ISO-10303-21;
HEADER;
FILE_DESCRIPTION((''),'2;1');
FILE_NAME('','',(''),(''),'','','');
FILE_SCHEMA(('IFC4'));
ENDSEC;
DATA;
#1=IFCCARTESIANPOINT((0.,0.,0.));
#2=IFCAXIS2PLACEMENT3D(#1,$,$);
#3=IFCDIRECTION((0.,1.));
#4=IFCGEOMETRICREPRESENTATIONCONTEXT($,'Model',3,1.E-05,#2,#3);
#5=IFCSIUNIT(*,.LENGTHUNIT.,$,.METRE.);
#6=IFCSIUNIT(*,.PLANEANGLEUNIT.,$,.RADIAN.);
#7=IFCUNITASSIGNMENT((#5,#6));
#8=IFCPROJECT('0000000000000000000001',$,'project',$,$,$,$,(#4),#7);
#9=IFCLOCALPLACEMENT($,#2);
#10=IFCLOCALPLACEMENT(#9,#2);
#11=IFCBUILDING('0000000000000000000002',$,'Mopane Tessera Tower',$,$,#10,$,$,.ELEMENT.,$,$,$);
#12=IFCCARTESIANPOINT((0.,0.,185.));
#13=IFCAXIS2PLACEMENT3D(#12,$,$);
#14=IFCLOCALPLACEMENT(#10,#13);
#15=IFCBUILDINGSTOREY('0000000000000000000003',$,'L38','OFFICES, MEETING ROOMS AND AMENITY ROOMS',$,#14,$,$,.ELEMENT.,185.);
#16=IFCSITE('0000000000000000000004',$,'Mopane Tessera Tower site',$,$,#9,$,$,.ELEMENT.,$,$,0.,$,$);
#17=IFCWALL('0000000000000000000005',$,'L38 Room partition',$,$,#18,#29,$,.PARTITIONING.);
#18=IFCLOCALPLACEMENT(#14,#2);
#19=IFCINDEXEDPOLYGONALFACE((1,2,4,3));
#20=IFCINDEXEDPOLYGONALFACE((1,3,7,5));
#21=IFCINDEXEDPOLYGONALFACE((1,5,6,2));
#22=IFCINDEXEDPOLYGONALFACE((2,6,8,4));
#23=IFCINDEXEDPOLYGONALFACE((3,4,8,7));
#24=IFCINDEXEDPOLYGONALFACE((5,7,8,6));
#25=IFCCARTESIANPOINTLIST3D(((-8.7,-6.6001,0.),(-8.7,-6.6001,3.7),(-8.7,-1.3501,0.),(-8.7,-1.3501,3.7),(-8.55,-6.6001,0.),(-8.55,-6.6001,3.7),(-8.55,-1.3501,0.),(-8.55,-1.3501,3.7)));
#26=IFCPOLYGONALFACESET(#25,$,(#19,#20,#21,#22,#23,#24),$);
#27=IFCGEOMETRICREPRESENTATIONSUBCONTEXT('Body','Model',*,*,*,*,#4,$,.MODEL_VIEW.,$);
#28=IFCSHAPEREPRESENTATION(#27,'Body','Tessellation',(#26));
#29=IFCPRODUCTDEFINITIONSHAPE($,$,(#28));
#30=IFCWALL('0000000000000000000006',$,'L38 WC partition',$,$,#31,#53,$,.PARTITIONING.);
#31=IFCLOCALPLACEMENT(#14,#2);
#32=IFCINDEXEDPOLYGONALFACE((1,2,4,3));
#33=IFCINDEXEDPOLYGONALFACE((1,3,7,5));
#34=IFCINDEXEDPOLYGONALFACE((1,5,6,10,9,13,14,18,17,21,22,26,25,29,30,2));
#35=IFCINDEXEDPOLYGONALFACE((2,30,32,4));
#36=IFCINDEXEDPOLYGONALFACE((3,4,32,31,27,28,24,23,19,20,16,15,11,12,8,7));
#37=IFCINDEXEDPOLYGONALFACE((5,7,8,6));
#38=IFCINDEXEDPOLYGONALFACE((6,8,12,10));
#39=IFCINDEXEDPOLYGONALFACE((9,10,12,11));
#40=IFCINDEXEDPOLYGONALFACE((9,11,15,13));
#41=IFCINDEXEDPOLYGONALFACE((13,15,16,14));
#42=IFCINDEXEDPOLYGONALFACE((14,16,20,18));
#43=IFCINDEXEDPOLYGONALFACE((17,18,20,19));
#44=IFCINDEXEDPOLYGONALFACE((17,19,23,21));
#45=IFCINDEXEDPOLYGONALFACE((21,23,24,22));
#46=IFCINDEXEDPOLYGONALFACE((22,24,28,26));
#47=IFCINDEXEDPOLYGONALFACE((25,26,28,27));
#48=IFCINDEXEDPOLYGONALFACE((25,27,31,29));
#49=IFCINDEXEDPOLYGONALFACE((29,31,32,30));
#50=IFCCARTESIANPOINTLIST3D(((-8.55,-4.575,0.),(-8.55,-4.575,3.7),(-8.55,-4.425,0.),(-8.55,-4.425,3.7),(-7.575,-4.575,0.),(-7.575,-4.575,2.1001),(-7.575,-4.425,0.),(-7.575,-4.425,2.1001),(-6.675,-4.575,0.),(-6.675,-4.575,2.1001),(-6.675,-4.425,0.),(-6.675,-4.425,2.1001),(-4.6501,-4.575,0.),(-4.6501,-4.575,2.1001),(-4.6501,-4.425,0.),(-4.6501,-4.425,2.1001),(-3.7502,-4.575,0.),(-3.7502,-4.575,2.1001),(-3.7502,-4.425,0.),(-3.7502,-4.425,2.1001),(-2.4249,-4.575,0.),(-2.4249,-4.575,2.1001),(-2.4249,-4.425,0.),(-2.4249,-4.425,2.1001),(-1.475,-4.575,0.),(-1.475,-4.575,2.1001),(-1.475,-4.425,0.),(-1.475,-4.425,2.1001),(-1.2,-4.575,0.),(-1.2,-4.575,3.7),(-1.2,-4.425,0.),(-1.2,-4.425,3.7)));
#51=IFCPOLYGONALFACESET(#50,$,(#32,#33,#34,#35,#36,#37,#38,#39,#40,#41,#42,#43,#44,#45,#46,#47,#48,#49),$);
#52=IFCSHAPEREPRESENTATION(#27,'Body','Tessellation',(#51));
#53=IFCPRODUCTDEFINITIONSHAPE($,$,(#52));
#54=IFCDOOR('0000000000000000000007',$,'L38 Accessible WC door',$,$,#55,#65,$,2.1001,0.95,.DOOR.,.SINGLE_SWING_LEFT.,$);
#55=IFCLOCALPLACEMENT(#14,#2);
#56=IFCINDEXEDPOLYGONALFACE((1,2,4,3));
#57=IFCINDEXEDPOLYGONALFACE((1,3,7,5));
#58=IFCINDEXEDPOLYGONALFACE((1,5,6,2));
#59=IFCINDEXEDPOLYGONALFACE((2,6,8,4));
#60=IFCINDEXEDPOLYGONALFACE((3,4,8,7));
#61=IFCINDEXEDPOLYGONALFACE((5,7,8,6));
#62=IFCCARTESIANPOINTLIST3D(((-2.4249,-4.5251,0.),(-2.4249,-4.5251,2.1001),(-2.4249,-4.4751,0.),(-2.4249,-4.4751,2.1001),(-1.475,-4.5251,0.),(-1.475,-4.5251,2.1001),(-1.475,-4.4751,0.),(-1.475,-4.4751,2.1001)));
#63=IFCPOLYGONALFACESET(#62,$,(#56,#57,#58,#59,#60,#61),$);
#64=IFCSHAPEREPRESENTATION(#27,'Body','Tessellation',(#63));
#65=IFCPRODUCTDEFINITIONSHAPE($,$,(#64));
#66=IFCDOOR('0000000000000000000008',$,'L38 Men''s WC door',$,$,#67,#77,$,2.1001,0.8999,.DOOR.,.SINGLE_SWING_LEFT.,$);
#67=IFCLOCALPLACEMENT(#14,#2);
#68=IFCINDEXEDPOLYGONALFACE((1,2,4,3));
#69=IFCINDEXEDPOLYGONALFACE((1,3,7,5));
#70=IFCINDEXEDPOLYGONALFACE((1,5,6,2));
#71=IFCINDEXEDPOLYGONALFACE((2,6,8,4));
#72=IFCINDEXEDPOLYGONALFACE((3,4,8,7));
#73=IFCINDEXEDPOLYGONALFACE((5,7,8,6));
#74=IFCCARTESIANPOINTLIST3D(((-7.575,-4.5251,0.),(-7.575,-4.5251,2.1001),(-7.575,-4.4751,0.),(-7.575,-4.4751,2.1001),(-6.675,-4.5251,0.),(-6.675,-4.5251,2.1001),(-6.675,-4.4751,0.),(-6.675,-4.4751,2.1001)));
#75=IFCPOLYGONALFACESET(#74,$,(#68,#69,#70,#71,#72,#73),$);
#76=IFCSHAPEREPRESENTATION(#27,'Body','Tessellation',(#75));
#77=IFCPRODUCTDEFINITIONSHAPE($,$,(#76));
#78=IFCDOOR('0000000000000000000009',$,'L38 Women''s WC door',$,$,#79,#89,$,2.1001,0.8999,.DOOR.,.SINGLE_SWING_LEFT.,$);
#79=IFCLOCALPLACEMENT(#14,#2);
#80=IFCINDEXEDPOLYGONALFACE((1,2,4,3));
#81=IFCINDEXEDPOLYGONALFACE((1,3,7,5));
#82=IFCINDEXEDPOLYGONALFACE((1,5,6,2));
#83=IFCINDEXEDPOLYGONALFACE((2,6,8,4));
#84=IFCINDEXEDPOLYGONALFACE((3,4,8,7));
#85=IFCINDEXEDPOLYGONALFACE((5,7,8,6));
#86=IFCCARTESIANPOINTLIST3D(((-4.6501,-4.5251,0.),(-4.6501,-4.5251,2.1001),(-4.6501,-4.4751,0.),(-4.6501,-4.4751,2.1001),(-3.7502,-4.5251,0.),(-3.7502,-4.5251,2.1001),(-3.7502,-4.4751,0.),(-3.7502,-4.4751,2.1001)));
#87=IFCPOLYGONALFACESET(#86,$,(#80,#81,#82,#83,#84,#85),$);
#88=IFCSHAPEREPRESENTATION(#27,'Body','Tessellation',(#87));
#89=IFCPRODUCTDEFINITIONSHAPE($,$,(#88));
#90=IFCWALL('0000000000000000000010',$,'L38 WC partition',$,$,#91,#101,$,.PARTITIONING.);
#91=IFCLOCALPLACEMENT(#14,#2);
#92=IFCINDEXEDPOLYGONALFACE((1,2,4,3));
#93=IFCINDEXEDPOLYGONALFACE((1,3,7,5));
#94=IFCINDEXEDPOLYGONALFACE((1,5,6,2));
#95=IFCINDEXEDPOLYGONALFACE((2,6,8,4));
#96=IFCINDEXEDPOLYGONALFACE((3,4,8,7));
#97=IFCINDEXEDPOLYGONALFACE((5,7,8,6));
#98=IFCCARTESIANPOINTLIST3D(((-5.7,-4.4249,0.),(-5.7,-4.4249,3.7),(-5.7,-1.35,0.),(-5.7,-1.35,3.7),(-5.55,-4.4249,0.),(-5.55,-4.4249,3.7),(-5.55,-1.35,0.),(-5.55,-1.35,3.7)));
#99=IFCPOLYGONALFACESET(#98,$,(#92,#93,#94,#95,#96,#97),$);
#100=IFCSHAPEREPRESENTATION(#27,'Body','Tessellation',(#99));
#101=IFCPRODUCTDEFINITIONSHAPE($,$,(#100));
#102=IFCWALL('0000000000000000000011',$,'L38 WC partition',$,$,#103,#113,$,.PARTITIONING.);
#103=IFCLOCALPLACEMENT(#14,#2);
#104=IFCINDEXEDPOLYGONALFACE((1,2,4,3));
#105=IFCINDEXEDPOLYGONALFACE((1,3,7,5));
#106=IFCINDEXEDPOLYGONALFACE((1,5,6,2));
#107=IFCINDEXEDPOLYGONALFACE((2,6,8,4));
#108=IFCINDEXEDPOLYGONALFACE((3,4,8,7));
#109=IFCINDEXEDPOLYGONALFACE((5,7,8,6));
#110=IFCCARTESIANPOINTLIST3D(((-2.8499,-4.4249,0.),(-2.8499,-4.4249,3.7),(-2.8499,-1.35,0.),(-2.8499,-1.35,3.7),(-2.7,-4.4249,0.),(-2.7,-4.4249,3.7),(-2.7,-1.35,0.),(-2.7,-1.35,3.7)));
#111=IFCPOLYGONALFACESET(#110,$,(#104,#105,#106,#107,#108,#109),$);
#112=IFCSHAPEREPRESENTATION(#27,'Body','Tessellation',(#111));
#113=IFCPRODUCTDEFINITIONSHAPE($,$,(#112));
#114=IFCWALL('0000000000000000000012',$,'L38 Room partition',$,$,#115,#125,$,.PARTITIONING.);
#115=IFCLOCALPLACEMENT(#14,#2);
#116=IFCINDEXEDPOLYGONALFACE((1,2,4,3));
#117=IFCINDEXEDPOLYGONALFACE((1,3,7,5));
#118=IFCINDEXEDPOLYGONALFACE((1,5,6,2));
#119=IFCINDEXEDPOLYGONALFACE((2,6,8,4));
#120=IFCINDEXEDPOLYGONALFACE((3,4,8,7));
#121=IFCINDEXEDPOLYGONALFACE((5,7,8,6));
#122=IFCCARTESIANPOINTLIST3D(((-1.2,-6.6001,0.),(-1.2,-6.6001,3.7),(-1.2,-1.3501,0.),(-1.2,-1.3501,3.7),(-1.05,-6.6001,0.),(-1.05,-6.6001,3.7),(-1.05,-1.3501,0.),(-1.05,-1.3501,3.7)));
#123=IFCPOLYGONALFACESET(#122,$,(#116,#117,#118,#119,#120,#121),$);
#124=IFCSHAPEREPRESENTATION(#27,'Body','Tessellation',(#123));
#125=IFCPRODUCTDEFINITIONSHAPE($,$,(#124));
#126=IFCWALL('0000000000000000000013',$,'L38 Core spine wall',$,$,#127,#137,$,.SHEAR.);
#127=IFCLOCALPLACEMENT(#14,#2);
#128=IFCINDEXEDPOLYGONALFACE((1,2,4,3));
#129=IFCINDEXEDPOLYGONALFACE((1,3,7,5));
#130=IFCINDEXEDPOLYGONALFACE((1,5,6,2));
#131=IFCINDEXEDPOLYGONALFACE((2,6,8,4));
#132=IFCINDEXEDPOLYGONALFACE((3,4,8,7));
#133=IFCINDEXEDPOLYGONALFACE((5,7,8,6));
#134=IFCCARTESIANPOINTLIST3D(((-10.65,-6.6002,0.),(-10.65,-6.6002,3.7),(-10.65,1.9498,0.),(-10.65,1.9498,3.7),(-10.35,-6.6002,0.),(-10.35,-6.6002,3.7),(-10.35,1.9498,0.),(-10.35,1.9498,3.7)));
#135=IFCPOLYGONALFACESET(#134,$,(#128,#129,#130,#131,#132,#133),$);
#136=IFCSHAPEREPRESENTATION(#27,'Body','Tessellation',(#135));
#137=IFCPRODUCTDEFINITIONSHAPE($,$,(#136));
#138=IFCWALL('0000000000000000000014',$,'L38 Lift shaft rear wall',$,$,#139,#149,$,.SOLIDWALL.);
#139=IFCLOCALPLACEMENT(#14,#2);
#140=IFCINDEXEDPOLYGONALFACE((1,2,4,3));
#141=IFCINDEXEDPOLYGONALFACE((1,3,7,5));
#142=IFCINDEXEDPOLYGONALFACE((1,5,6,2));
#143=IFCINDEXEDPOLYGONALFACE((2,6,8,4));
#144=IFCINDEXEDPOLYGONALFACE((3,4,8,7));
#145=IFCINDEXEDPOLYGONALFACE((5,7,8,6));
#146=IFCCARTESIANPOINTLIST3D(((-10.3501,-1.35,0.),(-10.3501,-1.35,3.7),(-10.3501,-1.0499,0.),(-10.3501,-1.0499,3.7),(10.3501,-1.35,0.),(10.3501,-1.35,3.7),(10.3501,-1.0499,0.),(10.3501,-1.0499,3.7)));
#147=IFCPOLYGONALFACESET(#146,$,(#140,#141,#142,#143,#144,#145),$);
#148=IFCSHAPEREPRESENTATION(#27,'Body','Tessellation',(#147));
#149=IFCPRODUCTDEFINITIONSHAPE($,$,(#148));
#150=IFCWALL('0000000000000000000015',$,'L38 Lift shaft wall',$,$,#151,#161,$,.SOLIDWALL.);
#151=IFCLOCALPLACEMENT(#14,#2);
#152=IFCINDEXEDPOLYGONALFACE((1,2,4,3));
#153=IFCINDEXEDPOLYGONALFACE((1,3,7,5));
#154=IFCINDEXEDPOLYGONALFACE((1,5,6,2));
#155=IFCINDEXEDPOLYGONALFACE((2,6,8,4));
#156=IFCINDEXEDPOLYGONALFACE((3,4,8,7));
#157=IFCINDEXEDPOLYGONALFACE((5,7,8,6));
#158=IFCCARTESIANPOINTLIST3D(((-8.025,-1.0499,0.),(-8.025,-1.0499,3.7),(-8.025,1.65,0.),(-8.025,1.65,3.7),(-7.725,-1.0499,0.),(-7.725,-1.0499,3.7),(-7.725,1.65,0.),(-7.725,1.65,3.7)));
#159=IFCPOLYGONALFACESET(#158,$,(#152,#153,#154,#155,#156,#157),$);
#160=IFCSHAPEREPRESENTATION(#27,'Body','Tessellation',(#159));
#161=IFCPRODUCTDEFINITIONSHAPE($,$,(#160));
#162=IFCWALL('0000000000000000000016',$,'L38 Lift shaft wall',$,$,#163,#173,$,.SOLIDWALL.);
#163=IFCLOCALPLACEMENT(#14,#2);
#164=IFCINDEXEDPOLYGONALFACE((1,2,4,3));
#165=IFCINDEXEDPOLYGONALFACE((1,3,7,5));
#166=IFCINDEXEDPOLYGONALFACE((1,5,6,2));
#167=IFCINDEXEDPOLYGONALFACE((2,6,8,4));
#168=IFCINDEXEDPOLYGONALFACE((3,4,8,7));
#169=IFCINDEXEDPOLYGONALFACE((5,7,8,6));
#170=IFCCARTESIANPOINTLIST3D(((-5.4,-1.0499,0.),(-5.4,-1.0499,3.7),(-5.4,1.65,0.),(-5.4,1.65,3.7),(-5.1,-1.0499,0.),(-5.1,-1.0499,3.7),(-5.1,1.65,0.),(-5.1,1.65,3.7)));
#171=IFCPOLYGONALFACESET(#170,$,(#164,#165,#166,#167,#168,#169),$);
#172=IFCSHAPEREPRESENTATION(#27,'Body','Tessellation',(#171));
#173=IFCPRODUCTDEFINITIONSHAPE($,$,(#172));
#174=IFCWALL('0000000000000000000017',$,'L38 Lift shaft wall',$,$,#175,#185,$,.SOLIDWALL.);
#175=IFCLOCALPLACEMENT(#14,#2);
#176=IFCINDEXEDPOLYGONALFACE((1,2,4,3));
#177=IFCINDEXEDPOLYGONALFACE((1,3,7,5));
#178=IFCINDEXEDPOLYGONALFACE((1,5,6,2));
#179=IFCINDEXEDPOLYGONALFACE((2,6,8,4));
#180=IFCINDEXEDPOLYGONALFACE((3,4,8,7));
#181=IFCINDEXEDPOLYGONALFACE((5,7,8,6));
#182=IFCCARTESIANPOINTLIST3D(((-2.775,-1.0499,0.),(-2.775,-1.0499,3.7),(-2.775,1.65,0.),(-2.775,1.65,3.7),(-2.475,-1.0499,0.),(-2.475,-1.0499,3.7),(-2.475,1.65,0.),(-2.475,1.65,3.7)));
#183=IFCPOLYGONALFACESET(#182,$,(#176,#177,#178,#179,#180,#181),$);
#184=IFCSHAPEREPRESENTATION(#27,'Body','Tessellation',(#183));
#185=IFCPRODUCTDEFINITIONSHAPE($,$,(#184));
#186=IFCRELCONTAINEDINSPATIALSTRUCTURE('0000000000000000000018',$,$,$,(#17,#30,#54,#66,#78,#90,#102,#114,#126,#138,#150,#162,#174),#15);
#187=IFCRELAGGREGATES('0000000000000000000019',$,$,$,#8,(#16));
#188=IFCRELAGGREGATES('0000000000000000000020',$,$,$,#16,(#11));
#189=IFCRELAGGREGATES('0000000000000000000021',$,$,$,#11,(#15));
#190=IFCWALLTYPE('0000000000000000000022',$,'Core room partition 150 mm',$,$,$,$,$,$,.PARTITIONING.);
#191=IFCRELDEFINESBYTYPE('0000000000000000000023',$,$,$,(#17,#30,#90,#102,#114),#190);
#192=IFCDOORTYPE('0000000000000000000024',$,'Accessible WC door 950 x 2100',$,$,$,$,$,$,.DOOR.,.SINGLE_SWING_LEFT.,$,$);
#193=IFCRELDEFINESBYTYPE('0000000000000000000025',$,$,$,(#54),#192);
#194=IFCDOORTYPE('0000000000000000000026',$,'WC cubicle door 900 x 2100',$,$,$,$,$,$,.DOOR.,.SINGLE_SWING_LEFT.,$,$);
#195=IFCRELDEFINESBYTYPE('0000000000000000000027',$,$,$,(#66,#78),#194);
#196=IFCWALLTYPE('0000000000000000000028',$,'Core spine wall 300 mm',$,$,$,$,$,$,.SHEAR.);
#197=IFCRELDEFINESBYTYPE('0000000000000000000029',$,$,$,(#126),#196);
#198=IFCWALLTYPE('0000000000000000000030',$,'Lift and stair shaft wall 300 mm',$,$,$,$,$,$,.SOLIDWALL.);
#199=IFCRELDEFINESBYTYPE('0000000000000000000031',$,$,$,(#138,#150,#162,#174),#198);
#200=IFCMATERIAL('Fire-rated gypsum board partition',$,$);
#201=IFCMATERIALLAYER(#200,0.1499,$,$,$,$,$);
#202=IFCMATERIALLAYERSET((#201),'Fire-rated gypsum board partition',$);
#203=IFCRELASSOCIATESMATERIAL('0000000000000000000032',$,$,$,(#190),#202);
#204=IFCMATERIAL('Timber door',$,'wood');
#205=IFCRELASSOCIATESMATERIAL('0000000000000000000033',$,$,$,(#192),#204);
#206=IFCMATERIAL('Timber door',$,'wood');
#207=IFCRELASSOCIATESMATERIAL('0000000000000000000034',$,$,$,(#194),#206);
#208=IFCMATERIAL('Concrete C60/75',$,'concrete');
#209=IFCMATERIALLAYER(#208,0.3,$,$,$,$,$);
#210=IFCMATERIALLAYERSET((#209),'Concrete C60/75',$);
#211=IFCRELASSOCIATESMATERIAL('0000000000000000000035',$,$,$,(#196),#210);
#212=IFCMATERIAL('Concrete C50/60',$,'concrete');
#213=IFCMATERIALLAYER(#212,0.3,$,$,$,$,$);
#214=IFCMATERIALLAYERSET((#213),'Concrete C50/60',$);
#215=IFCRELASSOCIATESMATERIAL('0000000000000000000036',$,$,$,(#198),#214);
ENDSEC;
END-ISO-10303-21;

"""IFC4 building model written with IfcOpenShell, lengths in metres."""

from ifc_helpers import new_model, si_unit, direction, frame, frame_2d, origin, place, context, subcontext, project, spatial, rectangle, extrude, material, layer, layer_set, type_object, element, fill, save


model = new_model("IFC4")

# Units and contexts
model_context = context("Model", 3, precision=1e-05, world=origin(), true_north=direction((0.0, 1.0)))
body_context = subcontext(model_context, "Body", "Model", "MODEL_VIEW")
ifc_project = project(units=[si_unit("LENGTHUNIT", "METRE"), si_unit("PLANEANGLEUNIT", "RADIAN")], contexts=[model_context])

# Site, building, storey
site_placement = place(None, origin())
site = spatial("IfcSite", under=ifc_project, at=site_placement, Name="Mopane Tessera Tower site", CompositionType="ELEMENT", RefElevation=0.0)
building_placement = place(site_placement, origin())
building = spatial("IfcBuilding", under=site, at=building_placement, Name="Mopane Tessera Tower", CompositionType="ELEMENT")
storey_placement = place(building_placement, frame((0.0, 0.0, 185.0)))
storey = spatial("IfcBuildingStorey", under=building, at=storey_placement, Name="L38", Description="OFFICES, MEETING ROOMS AND AMENITY ROOMS", CompositionType="ELEMENT", Elevation=185.0)

# Wall
ifc_material_1 = material(Name="Fire-rated gypsum board partition")
ifc_layer_1 = layer(ifc_material_1, 0.1499)
ifc_layer_set_1 = layer_set([ifc_layer_1], Name="Fire-rated gypsum board partition")
wall_type_1 = type_object("IfcWallType", Name="Core room partition 150 mm", PredefinedType="PARTITIONING", material=ifc_layer_set_1)
wall_1_placement = place(storey_placement, frame((-8.625, -6.6001, 0.0), z_axis=(0.0, 0.0, 1.0), x_axis=(0.0, 1.0, 0.0)))
element("IfcWall", 1, at=wall_1_placement, inside=storey, type_object=wall_type_1, Name="L38 Room partition", PredefinedType="PARTITIONING", context=body_context, shape_type="SweptSolid", body=[
    extrude(rectangle(XDim=5.25, YDim=0.1499, at=frame_2d((2.625, 0.0))), origin(), (0.0, 0.0, 1.0), 3.7),
])

# Wall, openings, doors
wall_2_placement = place(storey_placement, frame((-8.55, -4.5, 0.0), z_axis=(0.0, 0.0, 1.0), x_axis=(1.0, 0.0, 0.0)))
wall_2 = element("IfcWall", 2, at=wall_2_placement, inside=storey, type_object=wall_type_1, Name="L38 WC partition", PredefinedType="PARTITIONING", context=body_context, shape_type="SweptSolid", body=[
    extrude(rectangle(XDim=7.3501, YDim=0.1499, at=frame_2d((3.675, 0.0))), origin(), (0.0, 0.0, 1.0), 3.7),
])
opening_1_placement = place(wall_2_placement, frame((0.9751, 0.0, 0.0)))
opening_1 = element("IfcOpeningElement", 3, at=opening_1_placement, cuts=wall_2, PredefinedType="OPENING", context=body_context, shape_type="SweptSolid", body=[
    extrude(rectangle(XDim=0.8999, YDim=2.1001, at=frame_2d((0.45, 1.05))), frame((0.0, 0.0869, 0.0), z_axis=(0.0, -1.0, 0.0), x_axis=(1.0, 0.0, 0.0)), (0.0, 0.0, 1.0), 0.1738),
])
opening_2_placement = place(wall_2_placement, frame((3.8999, 0.0, 0.0)))
opening_2 = element("IfcOpeningElement", 4, at=opening_2_placement, cuts=wall_2, PredefinedType="OPENING", context=body_context, shape_type="SweptSolid", body=[
    extrude(rectangle(XDim=0.8999, YDim=2.1001, at=frame_2d((0.45, 1.05))), frame((0.0, 0.0869, 0.0), z_axis=(0.0, -1.0, 0.0), x_axis=(1.0, 0.0, 0.0)), (0.0, 0.0, 1.0), 0.1738),
])
opening_3_placement = place(wall_2_placement, frame((6.125, 0.0, 0.0)))
opening_3 = element("IfcOpeningElement", 5, at=opening_3_placement, cuts=wall_2, PredefinedType="OPENING", context=body_context, shape_type="SweptSolid", body=[
    extrude(rectangle(XDim=0.95, YDim=2.1001, at=frame_2d((0.4751, 1.05))), frame((0.0, 0.0869, 0.0), z_axis=(0.0, -1.0, 0.0), x_axis=(1.0, 0.0, 0.0)), (0.0, 0.0, 1.0), 0.1738),
])
ifc_material_2 = material(Name="Timber door", Category="wood")
door_type_1 = type_object("IfcDoorType", Name="Accessible WC door 950 x 2100", OperationType="SINGLE_SWING_LEFT", PredefinedType="DOOR", material=ifc_material_2)
door_1_placement = place(opening_3_placement, origin())
door_1 = element("IfcDoor", 6, at=door_1_placement, inside=storey, type_object=door_type_1, Name="L38 Accessible WC door", OperationType="SINGLE_SWING_LEFT", OverallHeight=2.1001, OverallWidth=0.95, PredefinedType="DOOR", context=body_context, shape_type="SweptSolid", body=[
    extrude(rectangle(XDim=0.95, YDim=2.1001, at=frame_2d((0.4751, 1.05))), frame((0.0, 0.0249, 0.0), z_axis=(0.0, -1.0, 0.0), x_axis=(1.0, 0.0, 0.0)), (0.0, 0.0, 1.0), 0.05),
])
fill(opening_3, door_1)
ifc_material_3 = material(Name="Timber door", Category="wood")
door_type_2 = type_object("IfcDoorType", Name="WC cubicle door 900 x 2100", OperationType="SINGLE_SWING_LEFT", PredefinedType="DOOR", material=ifc_material_3)
door_2_placement = place(opening_1_placement, origin())
door_2 = element("IfcDoor", 7, at=door_2_placement, inside=storey, type_object=door_type_2, Name="L38 Men's WC door", OperationType="SINGLE_SWING_LEFT", OverallHeight=2.1001, OverallWidth=0.8999, PredefinedType="DOOR", context=body_context, shape_type="SweptSolid", body=[
    extrude(rectangle(XDim=0.8999, YDim=2.1001, at=frame_2d((0.45, 1.05))), frame((0.0, 0.0249, 0.0), z_axis=(0.0, -1.0, 0.0), x_axis=(1.0, 0.0, 0.0)), (0.0, 0.0, 1.0), 0.05),
])
fill(opening_1, door_2)
door_3_placement = place(opening_2_placement, origin())
door_3 = element("IfcDoor", 8, at=door_3_placement, inside=storey, type_object=door_type_2, Name="L38 Women's WC door", OperationType="SINGLE_SWING_LEFT", OverallHeight=2.1001, OverallWidth=0.8999, PredefinedType="DOOR", context=body_context, shape_type="SweptSolid", body=[
    extrude(rectangle(XDim=0.8999, YDim=2.1001, at=frame_2d((0.45, 1.05))), frame((0.0, 0.0249, 0.0), z_axis=(0.0, -1.0, 0.0), x_axis=(1.0, 0.0, 0.0)), (0.0, 0.0, 1.0), 0.05),
])
fill(opening_2, door_3)

# Walls
for number, where, z_axis, x_axis, name in (
    (9, (-5.625, -4.425, 0.0), (0.0, 0.0, 1.0), (0.0, 1.0, 0.0), "L38 WC partition"),
    (10, (-2.7749, -4.425, 0.0), (0.0, 0.0, 1.0), (0.0, 1.0, 0.0), "L38 WC partition"),
):
    element("IfcWall", number, at=place(storey_placement, frame(where, z_axis=z_axis, x_axis=x_axis)), inside=storey, type_object=wall_type_1, Name=name, PredefinedType="PARTITIONING", context=body_context, shape_type="SweptSolid", body=[
        extrude(rectangle(XDim=3.075, YDim=0.1499, at=frame_2d((1.5376, 0.0))), origin(), (0.0, 0.0, 1.0), 3.7),
    ])
wall_3_placement = place(storey_placement, frame((-1.125, -6.6001, 0.0), z_axis=(0.0, 0.0, 1.0), x_axis=(0.0, 1.0, 0.0)))
element("IfcWall", 11, at=wall_3_placement, inside=storey, type_object=wall_type_1, Name="L38 Room partition", PredefinedType="PARTITIONING", context=body_context, shape_type="SweptSolid", body=[
    extrude(rectangle(XDim=5.25, YDim=0.1499, at=frame_2d((2.625, 0.0))), origin(), (0.0, 0.0, 1.0), 3.7),
])
ifc_material_4 = material(Name="Concrete C60/75", Category="concrete")
ifc_layer_2 = layer(ifc_material_4, 0.3)
ifc_layer_set_2 = layer_set([ifc_layer_2], Name="Concrete C60/75")
wall_type_2 = type_object("IfcWallType", Name="Core spine wall 300 mm", PredefinedType="SHEAR", material=ifc_layer_set_2)
wall_4_placement = place(storey_placement, frame((-10.5, -6.6001, 0.0), z_axis=(0.0, 0.0, 1.0), x_axis=(0.0, 1.0, 0.0)))
element("IfcWall", 12, at=wall_4_placement, inside=storey, type_object=wall_type_2, Name="L38 Core spine wall", PredefinedType="SHEAR", context=body_context, shape_type="SweptSolid", body=[
    extrude(rectangle(XDim=8.55, YDim=0.3, at=frame_2d((4.2749, 0.0))), origin(), (0.0, 0.0, 1.0), 3.7),
])
ifc_material_5 = material(Name="Concrete C50/60", Category="concrete")
ifc_layer_3 = layer(ifc_material_5, 0.3)
ifc_layer_set_3 = layer_set([ifc_layer_3], Name="Concrete C50/60")
wall_type_3 = type_object("IfcWallType", Name="Lift and stair shaft wall 300 mm", PredefinedType="SOLIDWALL", material=ifc_layer_set_3)
wall_5_placement = place(storey_placement, frame((-10.3501, -1.2, 0.0), z_axis=(0.0, 0.0, 1.0), x_axis=(1.0, 0.0, 0.0)))
element("IfcWall", 13, at=wall_5_placement, inside=storey, type_object=wall_type_3, Name="L38 Lift shaft rear wall", PredefinedType="SOLIDWALL", context=body_context, shape_type="SweptSolid", body=[
    extrude(rectangle(XDim=20.7002, YDim=0.3, at=frame_2d((10.3501, 0.0))), origin(), (0.0, 0.0, 1.0), 3.7),
])
for number, where, z_axis, x_axis, name in (
    (14, (-7.875, -1.05, 0.0), (0.0, 0.0, 1.0), (0.0, 1.0, 0.0), "L38 Lift shaft wall"),
    (15, (-5.25, -1.05, 0.0), (0.0, 0.0, 1.0), (0.0, 1.0, 0.0), "L38 Lift shaft wall"),
    (16, (-2.625, -1.05, 0.0), (0.0, 0.0, 1.0), (0.0, 1.0, 0.0), "L38 Lift shaft wall"),
):
    element("IfcWall", number, at=place(storey_placement, frame(where, z_axis=z_axis, x_axis=x_axis)), inside=storey, type_object=wall_type_3, Name=name, PredefinedType="SOLIDWALL", context=body_context, shape_type="SweptSolid", body=[
        extrude(rectangle(XDim=2.7, YDim=0.3, at=frame_2d((1.3501, 0.0))), origin(), (0.0, 0.0, 1.0), 3.7),
    ])

save(model, "model.ifc")
